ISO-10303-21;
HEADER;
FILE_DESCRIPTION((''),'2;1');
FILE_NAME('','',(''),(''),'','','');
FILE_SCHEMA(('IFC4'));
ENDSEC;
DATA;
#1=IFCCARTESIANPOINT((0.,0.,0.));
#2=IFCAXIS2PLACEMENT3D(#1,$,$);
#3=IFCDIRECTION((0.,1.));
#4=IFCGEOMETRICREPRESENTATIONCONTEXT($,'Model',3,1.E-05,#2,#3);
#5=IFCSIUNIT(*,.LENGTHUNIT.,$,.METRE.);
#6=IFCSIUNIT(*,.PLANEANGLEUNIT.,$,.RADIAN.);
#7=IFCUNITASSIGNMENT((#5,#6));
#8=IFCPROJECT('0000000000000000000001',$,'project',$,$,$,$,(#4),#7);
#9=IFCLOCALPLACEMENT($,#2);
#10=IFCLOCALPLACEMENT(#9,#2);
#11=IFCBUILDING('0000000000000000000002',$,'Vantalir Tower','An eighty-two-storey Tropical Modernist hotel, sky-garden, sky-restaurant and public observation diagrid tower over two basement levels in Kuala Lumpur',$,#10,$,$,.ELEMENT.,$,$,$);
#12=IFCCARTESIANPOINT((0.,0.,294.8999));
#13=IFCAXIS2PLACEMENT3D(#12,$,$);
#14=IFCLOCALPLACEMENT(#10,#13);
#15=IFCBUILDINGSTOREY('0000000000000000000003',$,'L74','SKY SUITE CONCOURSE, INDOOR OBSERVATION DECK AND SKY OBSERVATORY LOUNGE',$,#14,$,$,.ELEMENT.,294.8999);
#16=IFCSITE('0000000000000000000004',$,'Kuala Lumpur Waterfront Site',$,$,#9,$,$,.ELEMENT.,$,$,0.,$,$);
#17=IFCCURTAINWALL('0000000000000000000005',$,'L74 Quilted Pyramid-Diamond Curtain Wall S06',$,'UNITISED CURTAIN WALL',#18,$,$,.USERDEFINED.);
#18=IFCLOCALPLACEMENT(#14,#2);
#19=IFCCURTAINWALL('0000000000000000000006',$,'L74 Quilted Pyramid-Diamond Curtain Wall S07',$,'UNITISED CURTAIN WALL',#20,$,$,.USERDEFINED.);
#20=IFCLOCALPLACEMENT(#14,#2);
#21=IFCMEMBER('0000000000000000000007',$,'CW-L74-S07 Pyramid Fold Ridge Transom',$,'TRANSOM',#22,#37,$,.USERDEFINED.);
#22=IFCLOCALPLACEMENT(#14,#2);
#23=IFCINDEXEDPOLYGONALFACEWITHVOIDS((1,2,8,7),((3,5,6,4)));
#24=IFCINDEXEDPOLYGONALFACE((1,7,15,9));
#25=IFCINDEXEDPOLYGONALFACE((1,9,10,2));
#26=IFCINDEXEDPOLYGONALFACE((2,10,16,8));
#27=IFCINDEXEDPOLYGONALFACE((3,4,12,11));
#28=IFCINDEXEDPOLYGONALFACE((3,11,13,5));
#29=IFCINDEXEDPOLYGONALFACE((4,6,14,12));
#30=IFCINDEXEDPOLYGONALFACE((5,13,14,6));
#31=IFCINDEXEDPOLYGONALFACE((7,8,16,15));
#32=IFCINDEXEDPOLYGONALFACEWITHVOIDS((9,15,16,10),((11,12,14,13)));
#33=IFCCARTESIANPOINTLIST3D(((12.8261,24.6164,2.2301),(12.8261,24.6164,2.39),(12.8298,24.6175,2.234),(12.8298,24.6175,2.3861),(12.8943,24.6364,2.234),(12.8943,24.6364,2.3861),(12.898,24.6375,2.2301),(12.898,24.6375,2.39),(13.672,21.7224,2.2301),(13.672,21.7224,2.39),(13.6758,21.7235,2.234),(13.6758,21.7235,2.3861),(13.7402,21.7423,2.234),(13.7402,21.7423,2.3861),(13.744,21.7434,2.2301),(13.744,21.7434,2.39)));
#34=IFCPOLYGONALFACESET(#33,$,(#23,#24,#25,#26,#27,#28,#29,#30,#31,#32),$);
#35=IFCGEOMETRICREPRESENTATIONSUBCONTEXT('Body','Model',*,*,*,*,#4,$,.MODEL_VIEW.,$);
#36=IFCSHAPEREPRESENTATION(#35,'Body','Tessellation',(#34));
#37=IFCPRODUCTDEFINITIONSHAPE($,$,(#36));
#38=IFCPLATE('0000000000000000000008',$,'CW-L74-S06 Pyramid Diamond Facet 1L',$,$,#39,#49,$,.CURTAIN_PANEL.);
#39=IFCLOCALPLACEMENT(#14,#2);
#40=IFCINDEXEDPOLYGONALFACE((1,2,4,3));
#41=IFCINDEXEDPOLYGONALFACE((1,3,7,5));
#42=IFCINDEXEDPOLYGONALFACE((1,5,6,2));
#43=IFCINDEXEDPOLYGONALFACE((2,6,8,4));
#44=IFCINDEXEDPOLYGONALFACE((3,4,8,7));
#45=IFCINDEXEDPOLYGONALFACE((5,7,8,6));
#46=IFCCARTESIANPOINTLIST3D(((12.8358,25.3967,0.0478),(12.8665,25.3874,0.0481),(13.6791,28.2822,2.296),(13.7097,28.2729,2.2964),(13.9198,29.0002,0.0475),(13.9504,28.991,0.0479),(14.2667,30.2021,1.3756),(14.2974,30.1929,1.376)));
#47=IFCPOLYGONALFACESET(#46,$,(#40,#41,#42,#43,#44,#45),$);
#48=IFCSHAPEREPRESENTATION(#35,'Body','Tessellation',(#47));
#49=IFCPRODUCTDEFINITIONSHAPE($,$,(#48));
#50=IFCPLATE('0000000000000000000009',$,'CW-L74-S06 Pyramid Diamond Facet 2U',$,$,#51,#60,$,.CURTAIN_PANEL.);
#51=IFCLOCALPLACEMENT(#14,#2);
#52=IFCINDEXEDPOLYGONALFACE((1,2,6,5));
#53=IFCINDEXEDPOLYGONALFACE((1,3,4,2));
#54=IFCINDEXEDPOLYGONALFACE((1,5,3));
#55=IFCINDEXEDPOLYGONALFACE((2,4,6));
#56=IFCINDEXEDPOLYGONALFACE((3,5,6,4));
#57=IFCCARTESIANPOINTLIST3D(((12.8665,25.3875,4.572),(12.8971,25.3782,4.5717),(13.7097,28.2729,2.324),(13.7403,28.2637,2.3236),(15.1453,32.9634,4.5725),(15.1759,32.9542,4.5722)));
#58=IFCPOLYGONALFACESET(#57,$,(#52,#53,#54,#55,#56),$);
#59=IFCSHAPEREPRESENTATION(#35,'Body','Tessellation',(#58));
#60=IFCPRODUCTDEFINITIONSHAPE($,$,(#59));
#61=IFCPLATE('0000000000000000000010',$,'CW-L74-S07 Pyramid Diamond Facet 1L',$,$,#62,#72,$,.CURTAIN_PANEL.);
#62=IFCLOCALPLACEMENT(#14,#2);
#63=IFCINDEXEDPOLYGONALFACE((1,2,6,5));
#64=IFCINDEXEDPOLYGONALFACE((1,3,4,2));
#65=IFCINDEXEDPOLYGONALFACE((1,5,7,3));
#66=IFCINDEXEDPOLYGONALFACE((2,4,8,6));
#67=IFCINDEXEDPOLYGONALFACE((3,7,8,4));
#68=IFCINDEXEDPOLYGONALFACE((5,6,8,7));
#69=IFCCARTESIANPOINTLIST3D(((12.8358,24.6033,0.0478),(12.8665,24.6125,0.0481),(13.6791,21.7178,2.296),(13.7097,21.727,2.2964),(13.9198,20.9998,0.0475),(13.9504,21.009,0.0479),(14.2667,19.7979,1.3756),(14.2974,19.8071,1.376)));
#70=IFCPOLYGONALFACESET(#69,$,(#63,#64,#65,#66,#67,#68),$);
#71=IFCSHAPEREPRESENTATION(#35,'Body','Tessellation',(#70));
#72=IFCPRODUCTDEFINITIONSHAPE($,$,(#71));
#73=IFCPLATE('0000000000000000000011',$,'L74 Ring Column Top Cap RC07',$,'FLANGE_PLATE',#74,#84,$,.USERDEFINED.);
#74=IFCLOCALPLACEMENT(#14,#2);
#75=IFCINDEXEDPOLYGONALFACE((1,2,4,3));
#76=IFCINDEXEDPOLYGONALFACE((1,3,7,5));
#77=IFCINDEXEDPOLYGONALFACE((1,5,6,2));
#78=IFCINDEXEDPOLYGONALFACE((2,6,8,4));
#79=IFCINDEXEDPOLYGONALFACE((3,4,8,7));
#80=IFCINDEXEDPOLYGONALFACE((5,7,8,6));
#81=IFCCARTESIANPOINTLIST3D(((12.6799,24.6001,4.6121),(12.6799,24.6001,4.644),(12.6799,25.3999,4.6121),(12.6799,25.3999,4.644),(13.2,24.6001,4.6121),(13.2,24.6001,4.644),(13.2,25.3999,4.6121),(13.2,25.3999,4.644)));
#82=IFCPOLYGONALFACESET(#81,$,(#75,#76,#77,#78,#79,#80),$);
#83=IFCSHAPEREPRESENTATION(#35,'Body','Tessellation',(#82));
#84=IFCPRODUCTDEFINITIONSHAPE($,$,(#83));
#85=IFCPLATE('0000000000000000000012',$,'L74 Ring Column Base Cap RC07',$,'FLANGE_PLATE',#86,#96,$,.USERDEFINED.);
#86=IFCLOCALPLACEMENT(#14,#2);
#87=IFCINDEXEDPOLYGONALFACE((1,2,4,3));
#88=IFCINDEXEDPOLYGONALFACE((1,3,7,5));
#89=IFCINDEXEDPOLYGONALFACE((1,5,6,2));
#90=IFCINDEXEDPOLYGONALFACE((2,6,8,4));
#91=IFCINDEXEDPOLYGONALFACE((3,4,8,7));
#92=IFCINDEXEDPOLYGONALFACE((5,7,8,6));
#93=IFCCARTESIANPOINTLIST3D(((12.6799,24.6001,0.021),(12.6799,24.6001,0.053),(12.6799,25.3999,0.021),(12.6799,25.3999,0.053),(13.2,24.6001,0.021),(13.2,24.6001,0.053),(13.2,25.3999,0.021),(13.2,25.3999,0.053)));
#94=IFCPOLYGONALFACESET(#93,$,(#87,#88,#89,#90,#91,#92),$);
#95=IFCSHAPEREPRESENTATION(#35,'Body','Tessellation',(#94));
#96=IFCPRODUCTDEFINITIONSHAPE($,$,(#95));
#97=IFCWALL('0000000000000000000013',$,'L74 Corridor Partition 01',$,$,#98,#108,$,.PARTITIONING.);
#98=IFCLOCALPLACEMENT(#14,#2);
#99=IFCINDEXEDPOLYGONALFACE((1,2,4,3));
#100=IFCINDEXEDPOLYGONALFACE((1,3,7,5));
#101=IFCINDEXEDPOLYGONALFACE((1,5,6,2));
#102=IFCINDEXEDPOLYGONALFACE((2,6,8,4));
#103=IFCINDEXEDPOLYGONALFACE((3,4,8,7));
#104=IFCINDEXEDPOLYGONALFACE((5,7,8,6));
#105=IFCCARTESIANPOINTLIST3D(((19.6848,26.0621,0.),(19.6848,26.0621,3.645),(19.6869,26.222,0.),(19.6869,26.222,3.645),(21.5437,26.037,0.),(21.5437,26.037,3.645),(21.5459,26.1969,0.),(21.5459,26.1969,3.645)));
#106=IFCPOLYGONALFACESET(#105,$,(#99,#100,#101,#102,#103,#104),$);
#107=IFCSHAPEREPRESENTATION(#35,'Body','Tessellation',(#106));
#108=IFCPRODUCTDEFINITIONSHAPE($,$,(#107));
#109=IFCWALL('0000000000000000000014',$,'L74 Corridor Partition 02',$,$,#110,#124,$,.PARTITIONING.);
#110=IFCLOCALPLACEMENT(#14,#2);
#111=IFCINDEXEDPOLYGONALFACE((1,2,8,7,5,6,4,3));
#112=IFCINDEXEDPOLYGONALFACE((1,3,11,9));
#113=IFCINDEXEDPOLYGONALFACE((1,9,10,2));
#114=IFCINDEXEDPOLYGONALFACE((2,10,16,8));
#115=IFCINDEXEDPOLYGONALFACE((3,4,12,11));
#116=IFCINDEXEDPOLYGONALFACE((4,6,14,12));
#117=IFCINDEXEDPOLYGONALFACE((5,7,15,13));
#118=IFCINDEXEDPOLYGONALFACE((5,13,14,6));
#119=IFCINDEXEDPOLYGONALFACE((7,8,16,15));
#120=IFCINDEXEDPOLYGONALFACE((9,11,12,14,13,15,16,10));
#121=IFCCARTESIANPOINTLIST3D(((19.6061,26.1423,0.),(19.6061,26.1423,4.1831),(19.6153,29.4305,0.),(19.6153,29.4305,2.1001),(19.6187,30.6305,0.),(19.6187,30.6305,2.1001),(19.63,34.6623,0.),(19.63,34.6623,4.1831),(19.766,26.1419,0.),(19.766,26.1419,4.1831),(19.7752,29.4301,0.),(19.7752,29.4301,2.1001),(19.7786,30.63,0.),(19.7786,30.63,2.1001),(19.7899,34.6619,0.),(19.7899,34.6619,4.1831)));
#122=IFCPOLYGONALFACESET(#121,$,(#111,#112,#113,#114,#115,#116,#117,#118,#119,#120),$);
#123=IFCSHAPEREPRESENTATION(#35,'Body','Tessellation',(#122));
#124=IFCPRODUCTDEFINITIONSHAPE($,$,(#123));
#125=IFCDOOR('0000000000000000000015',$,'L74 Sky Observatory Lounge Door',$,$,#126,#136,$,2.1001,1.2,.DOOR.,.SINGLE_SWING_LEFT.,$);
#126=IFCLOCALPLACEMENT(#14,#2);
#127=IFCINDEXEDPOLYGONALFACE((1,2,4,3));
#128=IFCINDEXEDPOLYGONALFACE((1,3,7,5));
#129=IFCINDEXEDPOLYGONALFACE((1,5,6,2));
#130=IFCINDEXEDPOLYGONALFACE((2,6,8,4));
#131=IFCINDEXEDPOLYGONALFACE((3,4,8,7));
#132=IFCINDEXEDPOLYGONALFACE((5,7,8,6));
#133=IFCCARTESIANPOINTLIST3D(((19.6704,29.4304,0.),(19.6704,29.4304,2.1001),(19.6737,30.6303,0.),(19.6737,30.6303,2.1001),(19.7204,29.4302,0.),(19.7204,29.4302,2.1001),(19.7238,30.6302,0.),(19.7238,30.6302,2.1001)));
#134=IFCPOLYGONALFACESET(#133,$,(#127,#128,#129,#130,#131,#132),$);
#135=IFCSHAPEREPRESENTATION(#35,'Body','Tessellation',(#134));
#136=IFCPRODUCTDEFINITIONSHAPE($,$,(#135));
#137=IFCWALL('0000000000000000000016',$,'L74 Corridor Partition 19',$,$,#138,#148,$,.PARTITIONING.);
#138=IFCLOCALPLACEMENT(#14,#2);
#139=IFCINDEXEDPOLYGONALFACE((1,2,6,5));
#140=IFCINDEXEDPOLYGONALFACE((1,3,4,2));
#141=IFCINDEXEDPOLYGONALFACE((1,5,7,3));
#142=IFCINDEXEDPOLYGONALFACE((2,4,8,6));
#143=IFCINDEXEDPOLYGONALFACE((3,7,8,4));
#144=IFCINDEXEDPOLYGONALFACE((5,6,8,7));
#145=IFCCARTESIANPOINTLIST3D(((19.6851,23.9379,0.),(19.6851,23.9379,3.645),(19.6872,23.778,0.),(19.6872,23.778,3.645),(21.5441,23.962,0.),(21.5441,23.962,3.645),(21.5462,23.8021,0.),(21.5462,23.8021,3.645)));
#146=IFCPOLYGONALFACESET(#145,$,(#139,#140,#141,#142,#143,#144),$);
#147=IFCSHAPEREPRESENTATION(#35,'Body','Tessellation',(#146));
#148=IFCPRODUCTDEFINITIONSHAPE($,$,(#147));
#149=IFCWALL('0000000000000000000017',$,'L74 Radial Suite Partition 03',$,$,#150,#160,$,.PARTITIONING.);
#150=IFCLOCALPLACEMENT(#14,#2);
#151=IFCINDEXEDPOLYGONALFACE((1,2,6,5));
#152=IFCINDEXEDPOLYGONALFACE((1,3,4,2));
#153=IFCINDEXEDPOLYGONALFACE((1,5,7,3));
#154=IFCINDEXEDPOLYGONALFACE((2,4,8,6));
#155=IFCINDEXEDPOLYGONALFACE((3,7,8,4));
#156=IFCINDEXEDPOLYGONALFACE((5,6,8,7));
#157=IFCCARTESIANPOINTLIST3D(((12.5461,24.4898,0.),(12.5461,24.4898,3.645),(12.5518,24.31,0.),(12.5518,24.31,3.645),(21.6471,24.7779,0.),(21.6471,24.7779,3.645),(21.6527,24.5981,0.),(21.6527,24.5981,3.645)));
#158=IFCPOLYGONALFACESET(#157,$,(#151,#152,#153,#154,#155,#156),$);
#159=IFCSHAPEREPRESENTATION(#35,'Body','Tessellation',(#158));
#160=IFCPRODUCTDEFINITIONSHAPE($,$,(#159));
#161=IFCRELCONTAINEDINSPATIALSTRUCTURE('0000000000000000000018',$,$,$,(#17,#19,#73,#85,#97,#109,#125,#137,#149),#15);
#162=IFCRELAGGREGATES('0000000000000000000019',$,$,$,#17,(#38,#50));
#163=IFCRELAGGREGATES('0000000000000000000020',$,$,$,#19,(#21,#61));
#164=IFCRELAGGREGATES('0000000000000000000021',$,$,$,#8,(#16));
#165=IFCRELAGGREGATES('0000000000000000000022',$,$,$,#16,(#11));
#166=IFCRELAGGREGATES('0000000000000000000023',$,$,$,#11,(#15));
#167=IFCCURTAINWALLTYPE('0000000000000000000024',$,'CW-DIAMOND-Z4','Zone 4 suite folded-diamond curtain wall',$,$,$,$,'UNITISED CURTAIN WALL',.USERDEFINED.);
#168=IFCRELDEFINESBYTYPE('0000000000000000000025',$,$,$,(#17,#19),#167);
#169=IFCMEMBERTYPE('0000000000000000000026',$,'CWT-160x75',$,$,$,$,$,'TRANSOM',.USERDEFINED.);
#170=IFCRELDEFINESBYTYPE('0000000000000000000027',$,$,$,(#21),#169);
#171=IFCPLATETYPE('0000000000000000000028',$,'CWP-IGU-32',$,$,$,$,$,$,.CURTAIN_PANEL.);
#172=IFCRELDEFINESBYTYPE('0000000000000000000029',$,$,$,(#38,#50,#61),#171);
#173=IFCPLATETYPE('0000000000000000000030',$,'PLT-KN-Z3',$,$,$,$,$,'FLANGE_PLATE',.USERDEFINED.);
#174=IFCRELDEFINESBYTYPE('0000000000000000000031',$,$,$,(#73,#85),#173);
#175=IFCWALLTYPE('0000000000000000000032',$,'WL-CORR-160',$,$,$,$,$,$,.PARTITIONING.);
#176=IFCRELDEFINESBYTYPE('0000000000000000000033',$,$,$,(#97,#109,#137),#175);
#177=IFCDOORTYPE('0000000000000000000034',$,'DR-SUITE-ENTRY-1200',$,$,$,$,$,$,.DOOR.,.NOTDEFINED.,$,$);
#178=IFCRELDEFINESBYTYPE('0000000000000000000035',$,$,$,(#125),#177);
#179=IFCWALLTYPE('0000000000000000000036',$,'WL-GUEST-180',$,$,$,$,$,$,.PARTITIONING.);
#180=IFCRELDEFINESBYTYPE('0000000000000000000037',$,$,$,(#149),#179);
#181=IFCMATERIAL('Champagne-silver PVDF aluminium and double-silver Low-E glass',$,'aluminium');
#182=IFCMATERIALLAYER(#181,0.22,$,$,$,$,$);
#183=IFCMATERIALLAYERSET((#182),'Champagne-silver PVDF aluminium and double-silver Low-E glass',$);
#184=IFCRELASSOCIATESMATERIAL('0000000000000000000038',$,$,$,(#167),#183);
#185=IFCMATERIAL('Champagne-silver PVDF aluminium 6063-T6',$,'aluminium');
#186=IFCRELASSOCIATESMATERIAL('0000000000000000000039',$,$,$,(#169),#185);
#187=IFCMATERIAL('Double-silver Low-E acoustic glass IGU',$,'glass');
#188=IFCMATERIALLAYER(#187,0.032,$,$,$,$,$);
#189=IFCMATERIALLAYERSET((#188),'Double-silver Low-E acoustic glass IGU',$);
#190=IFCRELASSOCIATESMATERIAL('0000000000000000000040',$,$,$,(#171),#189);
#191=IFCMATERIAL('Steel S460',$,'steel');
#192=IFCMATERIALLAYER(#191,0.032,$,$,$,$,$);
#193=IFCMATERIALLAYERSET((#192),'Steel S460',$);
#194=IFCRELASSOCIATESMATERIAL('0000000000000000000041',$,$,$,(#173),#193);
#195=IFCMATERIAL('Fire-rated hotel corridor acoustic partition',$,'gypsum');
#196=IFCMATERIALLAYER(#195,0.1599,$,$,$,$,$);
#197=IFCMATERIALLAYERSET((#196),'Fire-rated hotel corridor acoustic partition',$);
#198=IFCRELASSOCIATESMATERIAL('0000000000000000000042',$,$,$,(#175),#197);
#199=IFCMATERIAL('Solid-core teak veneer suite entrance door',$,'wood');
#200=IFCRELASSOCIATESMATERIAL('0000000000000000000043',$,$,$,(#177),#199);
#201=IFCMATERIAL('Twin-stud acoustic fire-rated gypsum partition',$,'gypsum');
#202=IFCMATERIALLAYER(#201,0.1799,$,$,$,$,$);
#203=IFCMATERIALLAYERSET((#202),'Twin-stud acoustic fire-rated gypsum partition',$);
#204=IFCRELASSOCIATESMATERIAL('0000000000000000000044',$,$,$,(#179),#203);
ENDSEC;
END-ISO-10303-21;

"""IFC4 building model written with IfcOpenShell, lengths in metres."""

from ifc_helpers import new_model, si_unit, direction, frame, frame_2d, origin, origin_2d, place, context, subcontext, project, spatial, polyline, rectangle, hollow_rectangle, outline, extrude, material, layer, layer_set, material_profile, profile_set, type_object, element, fill, aggregate, save


model = new_model("IFC4")

# Units and contexts
model_context = context("Model", 3, precision=1e-05, world=origin(), true_north=direction((0.0, 1.0)))
body_context = subcontext(model_context, "Body", "Model", "MODEL_VIEW")
ifc_project = project(units=[si_unit("LENGTHUNIT", "METRE"), si_unit("PLANEANGLEUNIT", "RADIAN")], contexts=[model_context])

# Site, building, storey
site_placement = place(None, origin())
site = spatial("IfcSite", under=ifc_project, at=site_placement, Name="Kuala Lumpur Waterfront Site", CompositionType="ELEMENT", RefElevation=0.0)
building_placement = place(site_placement, origin())
building = spatial("IfcBuilding", under=site, at=building_placement, Name="Vantalir Tower", Description="An eighty-two-storey Tropical Modernist hotel, sky-garden, sky-restaurant and public observation diagrid tower over two basement levels in Kuala Lumpur", CompositionType="ELEMENT")
storey_placement = place(building_placement, frame((0.0, 0.0, 294.8999)))
storey = spatial("IfcBuildingStorey", under=building, at=storey_placement, Name="L74", Description="SKY SUITE CONCOURSE, INDOOR OBSERVATION DECK AND SKY OBSERVATORY LOUNGE", CompositionType="ELEMENT", Elevation=294.8999)

# Shared definitions
ifc_material_1 = material(Name="Steel S460", Category="steel")

# Curtain wall
ifc_material_2 = material(Name="Champagne-silver PVDF aluminium and double-silver Low-E glass", Category="aluminium")
ifc_layer_1 = layer(ifc_material_2, 0.22)
ifc_layer_set_1 = layer_set([ifc_layer_1], Name="Champagne-silver PVDF aluminium and double-silver Low-E glass")
curtain_wall_type = type_object("IfcCurtainWallType", Name="CW-DIAMOND-Z4", Description="Zone 4 suite folded-diamond curtain wall", ElementType="UNITISED CURTAIN WALL", PredefinedType="USERDEFINED", material=ifc_layer_set_1)
curtain_wall_1_placement = place(storey_placement, origin())
curtain_wall_1 = element("IfcCurtainWall", 1, at=curtain_wall_1_placement, inside=storey, type_object=curtain_wall_type, Name="L74 Quilted Pyramid-Diamond Curtain Wall S06", ObjectType="UNITISED CURTAIN WALL", PredefinedType="USERDEFINED")
ifc_material_3 = material(Name="Champagne-silver PVDF aluminium 6063-T6", Category="aluminium")

# Curtain wall, member
curtain_wall_2_placement = place(storey_placement, origin())
curtain_wall_2 = element("IfcCurtainWall", 2, at=curtain_wall_2_placement, inside=storey, type_object=curtain_wall_type, Name="L74 Quilted Pyramid-Diamond Curtain Wall S07", ObjectType="UNITISED CURTAIN WALL", PredefinedType="USERDEFINED")
ifc_material_profile_1 = material_profile(ifc_material_3, hollow_rectangle(XDim=0.075, YDim=0.1599, WallThickness=0.0039, at=origin_2d()), Name="Champagne-silver PVDF aluminium 6063-T6")
ifc_profile_set_1 = profile_set([ifc_material_profile_1], Name="Champagne-silver PVDF aluminium 6063-T6")
member_type_1 = type_object("IfcMemberType", Name="CWT-160x75", ElementType="TRANSOM", PredefinedType="USERDEFINED", material=ifc_profile_set_1)
member_1_placement = place(storey_placement, frame((12.8621, 24.627, 2.3101), z_axis=(0.280566, -0.959835, 0.0), x_axis=(0.959835, 0.280566, 0.0)))
member_1 = element("IfcMember", 3, at=member_1_placement, type_object=member_type_1, Name="CW-L74-S07 Pyramid Fold Ridge Transom", ObjectType="TRANSOM", PredefinedType="USERDEFINED", context=body_context, shape_type="SweptSolid", body=[
    extrude(hollow_rectangle(XDim=0.075, YDim=0.1599, WallThickness=0.0039, at=origin_2d()), origin(), (0.0, 0.0, 1.0), 3.0151),
])

# Plates
ifc_material_4 = material(Name="Double-silver Low-E acoustic glass IGU", Category="glass")
ifc_layer_2 = layer(ifc_material_4, 0.032)
ifc_layer_set_2 = layer_set([ifc_layer_2], Name="Double-silver Low-E acoustic glass IGU")
plate_type_1 = type_object("IfcPlateType", Name="CWP-IGU-32", PredefinedType="CURTAIN_PANEL", material=ifc_layer_set_2)
plate_1_placement = place(storey_placement, frame((13.9504, 28.991, 0.0479), z_axis=(0.95756, -0.288043, 0.010534), x_axis=(-0.28806, -0.957612, 0.000065)))
plate_1 = element("IfcPlate", 4, at=plate_1_placement, type_object=plate_type_1, Name="CW-L74-S06 Pyramid Diamond Facet 1L", PredefinedType="CURTAIN_PANEL", context=body_context, shape_type="SweptSolid", body=[
    extrude(outline(polyline([(0.0, 0.0), (3.763, 0.0), (0.7571, -2.2486), (-1.2508, -1.3283), (0.0, 0.0)])), origin(), (0.0, 0.0, -1.0), 0.032),
])
plate_2_placement = place(storey_placement, frame((12.8665, 25.3875, 4.572), z_axis=(-0.957563, 0.288031, 0.010514), x_axis=(0.288047, 0.957616, 0.000062)))
plate_2 = element("IfcPlate", 5, at=plate_2_placement, type_object=plate_type_1, Name="CW-L74-S06 Pyramid Diamond Facet 2U", PredefinedType="CURTAIN_PANEL", context=body_context, shape_type="SweptSolid", body=[
    extrude(outline(polyline([(0.0, 0.0), (7.9112, 0.0), (3.006, 2.2484), (0.0, 0.0)])), origin(), (0.0, 0.0, -1.0), 0.032),
])
aggregate(curtain_wall_1, [plate_1, plate_2])
plate_3_placement = place(storey_placement, frame((12.8665, 24.6125, 0.0481), z_axis=(0.95756, 0.288043, 0.010534), x_axis=(0.28806, -0.957612, -0.000065)))
plate_3 = element("IfcPlate", 6, at=plate_3_placement, type_object=plate_type_1, Name="CW-L74-S07 Pyramid Diamond Facet 1L", PredefinedType="CURTAIN_PANEL", context=body_context, shape_type="SweptSolid", body=[
    extrude(outline(polyline([(0.0, 0.0), (3.763, 0.0), (5.0138, -1.3283), (3.006, -2.2486), (0.0, 0.0)])), origin(), (0.0, 0.0, -1.0), 0.032),
])
aggregate(curtain_wall_2, [member_1, plate_3])

# Plates
ifc_layer_3 = layer(ifc_material_1, 0.032)
ifc_layer_set_3 = layer_set([ifc_layer_3], Name="Steel S460")
plate_type_2 = type_object("IfcPlateType", Name="PLT-KN-Z3", ElementType="FLANGE_PLATE", PredefinedType="USERDEFINED", material=ifc_layer_set_3)
for number, where, z_axis, x_axis, name in (
    (7, (12.6799, 25.3999, 4.644), (0.0, 0.0, 1.0), (0.0, -1.0, 0.0), "L74 Ring Column Top Cap RC07"),
    (8, (12.6799, 25.3999, 0.053), (0.0, 0.0, 1.0), (0.0, -1.0, 0.0), "L74 Ring Column Base Cap RC07"),
):
    element("IfcPlate", number, at=place(storey_placement, frame(where, z_axis=z_axis, x_axis=x_axis)), inside=storey, type_object=plate_type_2, Name=name, ObjectType="FLANGE_PLATE", PredefinedType="USERDEFINED", context=body_context, shape_type="SweptSolid", body=[
        extrude(outline(polyline([(0.0, 0.0), (0.7998, 0.0), (0.7998, 0.52), (0.0, 0.52), (0.0, 0.0)])), origin(), (0.0, 0.0, -1.0), 0.032),
    ])

# Wall
ifc_material_5 = material(Name="Fire-rated hotel corridor acoustic partition", Category="gypsum")
ifc_layer_4 = layer(ifc_material_5, 0.1599)
ifc_layer_set_4 = layer_set([ifc_layer_4], Name="Fire-rated hotel corridor acoustic partition")
wall_type_1 = type_object("IfcWallType", Name="WL-CORR-160", PredefinedType="PARTITIONING", material=ifc_layer_set_4)
wall_1_placement = place(storey_placement, frame((21.5449, 26.1169, 0.0), z_axis=(0.0, 0.0, 1.0), x_axis=(-0.999909, 0.013526, 0.0)))
element("IfcWall", 9, at=wall_1_placement, inside=storey, type_object=wall_type_1, Name="L74 Corridor Partition 01", PredefinedType="PARTITIONING", context=body_context, shape_type="SweptSolid", body=[
    extrude(rectangle(XDim=1.8591, YDim=0.1599, at=frame_2d((0.9297, 0.0))), origin(), (0.0, 0.0, 1.0), 3.645),
])

# Wall, opening, door
wall_2_placement = place(storey_placement, frame((19.686, 26.1421, 0.0), z_axis=(0.0, 0.0, 1.0), x_axis=(0.002808, 0.999996, 0.0)))
wall_2 = element("IfcWall", 10, at=wall_2_placement, inside=storey, type_object=wall_type_1, Name="L74 Corridor Partition 02", PredefinedType="PARTITIONING", context=body_context, shape_type="SweptSolid", body=[
    extrude(rectangle(XDim=8.52, YDim=0.1599, at=frame_2d((4.26, 0.0))), origin(), (0.0, 0.0, 1.0), 4.1831),
])
opening_placement = place(wall_2_placement, frame((3.2881, 0.0, 0.0)))
opening = element("IfcOpeningElement", 11, at=opening_placement, cuts=wall_2, PredefinedType="OPENING", context=body_context, shape_type="SweptSolid", body=[
    extrude(rectangle(XDim=1.2, YDim=2.1001, at=frame_2d((0.6001, 1.05))), frame((0.0, 0.0898, 0.0), z_axis=(0.0, -1.0, 0.0), x_axis=(1.0, 0.0, 0.0)), (0.0, 0.0, 1.0), 0.1799),
])
ifc_material_6 = material(Name="Solid-core teak veneer suite entrance door", Category="wood")
door_type = type_object("IfcDoorType", Name="DR-SUITE-ENTRY-1200", OperationType="NOTDEFINED", PredefinedType="DOOR", material=ifc_material_6)
door_placement = place(opening_placement, origin())
door = element("IfcDoor", 12, at=door_placement, inside=storey, type_object=door_type, Name="L74 Sky Observatory Lounge Door", OperationType="SINGLE_SWING_LEFT", OverallHeight=2.1001, OverallWidth=1.2, PredefinedType="DOOR", context=body_context, shape_type="SweptSolid", body=[
    extrude(rectangle(XDim=1.2, YDim=2.1001, at=frame_2d((0.6001, 1.05))), frame((0.0, 0.0249, 0.0), z_axis=(0.0, -1.0, 0.0), x_axis=(1.0, 0.0, 0.0)), (0.0, 0.0, 1.0), 0.05),
])
fill(opening, door)

# Walls
wall_3_placement = place(storey_placement, frame((19.686, 23.8579, 0.0), z_axis=(0.0, 0.0, 1.0), x_axis=(0.999915, 0.013001, 0.0)))
element("IfcWall", 13, at=wall_3_placement, inside=storey, type_object=wall_type_1, Name="L74 Corridor Partition 19", PredefinedType="PARTITIONING", context=body_context, shape_type="SweptSolid", body=[
    extrude(rectangle(XDim=1.8591, YDim=0.1599, at=frame_2d((0.9297, 0.0))), origin(), (0.0, 0.0, 1.0), 3.645),
])
ifc_material_7 = material(Name="Twin-stud acoustic fire-rated gypsum partition", Category="gypsum")
ifc_layer_5 = layer(ifc_material_7, 0.1799)
ifc_layer_set_5 = layer_set([ifc_layer_5], Name="Twin-stud acoustic fire-rated gypsum partition")
wall_type_2 = type_object("IfcWallType", Name="WL-GUEST-180", PredefinedType="PARTITIONING", material=ifc_layer_set_5)
wall_4_placement = place(storey_placement, frame((21.6499, 24.688, 0.0), z_axis=(0.0, 0.0, 1.0), x_axis=(-0.999499, -0.031639, 0.0)))
element("IfcWall", 14, at=wall_4_placement, inside=storey, type_object=wall_type_2, Name="L74 Radial Suite Partition 03", PredefinedType="PARTITIONING", context=body_context, shape_type="SweptSolid", body=[
    extrude(rectangle(XDim=9.1055, YDim=0.1799, at=frame_2d((4.5527, 0.0))), origin(), (0.0, 0.0, 1.0), 3.645),
])

save(model, "model.ifc")
